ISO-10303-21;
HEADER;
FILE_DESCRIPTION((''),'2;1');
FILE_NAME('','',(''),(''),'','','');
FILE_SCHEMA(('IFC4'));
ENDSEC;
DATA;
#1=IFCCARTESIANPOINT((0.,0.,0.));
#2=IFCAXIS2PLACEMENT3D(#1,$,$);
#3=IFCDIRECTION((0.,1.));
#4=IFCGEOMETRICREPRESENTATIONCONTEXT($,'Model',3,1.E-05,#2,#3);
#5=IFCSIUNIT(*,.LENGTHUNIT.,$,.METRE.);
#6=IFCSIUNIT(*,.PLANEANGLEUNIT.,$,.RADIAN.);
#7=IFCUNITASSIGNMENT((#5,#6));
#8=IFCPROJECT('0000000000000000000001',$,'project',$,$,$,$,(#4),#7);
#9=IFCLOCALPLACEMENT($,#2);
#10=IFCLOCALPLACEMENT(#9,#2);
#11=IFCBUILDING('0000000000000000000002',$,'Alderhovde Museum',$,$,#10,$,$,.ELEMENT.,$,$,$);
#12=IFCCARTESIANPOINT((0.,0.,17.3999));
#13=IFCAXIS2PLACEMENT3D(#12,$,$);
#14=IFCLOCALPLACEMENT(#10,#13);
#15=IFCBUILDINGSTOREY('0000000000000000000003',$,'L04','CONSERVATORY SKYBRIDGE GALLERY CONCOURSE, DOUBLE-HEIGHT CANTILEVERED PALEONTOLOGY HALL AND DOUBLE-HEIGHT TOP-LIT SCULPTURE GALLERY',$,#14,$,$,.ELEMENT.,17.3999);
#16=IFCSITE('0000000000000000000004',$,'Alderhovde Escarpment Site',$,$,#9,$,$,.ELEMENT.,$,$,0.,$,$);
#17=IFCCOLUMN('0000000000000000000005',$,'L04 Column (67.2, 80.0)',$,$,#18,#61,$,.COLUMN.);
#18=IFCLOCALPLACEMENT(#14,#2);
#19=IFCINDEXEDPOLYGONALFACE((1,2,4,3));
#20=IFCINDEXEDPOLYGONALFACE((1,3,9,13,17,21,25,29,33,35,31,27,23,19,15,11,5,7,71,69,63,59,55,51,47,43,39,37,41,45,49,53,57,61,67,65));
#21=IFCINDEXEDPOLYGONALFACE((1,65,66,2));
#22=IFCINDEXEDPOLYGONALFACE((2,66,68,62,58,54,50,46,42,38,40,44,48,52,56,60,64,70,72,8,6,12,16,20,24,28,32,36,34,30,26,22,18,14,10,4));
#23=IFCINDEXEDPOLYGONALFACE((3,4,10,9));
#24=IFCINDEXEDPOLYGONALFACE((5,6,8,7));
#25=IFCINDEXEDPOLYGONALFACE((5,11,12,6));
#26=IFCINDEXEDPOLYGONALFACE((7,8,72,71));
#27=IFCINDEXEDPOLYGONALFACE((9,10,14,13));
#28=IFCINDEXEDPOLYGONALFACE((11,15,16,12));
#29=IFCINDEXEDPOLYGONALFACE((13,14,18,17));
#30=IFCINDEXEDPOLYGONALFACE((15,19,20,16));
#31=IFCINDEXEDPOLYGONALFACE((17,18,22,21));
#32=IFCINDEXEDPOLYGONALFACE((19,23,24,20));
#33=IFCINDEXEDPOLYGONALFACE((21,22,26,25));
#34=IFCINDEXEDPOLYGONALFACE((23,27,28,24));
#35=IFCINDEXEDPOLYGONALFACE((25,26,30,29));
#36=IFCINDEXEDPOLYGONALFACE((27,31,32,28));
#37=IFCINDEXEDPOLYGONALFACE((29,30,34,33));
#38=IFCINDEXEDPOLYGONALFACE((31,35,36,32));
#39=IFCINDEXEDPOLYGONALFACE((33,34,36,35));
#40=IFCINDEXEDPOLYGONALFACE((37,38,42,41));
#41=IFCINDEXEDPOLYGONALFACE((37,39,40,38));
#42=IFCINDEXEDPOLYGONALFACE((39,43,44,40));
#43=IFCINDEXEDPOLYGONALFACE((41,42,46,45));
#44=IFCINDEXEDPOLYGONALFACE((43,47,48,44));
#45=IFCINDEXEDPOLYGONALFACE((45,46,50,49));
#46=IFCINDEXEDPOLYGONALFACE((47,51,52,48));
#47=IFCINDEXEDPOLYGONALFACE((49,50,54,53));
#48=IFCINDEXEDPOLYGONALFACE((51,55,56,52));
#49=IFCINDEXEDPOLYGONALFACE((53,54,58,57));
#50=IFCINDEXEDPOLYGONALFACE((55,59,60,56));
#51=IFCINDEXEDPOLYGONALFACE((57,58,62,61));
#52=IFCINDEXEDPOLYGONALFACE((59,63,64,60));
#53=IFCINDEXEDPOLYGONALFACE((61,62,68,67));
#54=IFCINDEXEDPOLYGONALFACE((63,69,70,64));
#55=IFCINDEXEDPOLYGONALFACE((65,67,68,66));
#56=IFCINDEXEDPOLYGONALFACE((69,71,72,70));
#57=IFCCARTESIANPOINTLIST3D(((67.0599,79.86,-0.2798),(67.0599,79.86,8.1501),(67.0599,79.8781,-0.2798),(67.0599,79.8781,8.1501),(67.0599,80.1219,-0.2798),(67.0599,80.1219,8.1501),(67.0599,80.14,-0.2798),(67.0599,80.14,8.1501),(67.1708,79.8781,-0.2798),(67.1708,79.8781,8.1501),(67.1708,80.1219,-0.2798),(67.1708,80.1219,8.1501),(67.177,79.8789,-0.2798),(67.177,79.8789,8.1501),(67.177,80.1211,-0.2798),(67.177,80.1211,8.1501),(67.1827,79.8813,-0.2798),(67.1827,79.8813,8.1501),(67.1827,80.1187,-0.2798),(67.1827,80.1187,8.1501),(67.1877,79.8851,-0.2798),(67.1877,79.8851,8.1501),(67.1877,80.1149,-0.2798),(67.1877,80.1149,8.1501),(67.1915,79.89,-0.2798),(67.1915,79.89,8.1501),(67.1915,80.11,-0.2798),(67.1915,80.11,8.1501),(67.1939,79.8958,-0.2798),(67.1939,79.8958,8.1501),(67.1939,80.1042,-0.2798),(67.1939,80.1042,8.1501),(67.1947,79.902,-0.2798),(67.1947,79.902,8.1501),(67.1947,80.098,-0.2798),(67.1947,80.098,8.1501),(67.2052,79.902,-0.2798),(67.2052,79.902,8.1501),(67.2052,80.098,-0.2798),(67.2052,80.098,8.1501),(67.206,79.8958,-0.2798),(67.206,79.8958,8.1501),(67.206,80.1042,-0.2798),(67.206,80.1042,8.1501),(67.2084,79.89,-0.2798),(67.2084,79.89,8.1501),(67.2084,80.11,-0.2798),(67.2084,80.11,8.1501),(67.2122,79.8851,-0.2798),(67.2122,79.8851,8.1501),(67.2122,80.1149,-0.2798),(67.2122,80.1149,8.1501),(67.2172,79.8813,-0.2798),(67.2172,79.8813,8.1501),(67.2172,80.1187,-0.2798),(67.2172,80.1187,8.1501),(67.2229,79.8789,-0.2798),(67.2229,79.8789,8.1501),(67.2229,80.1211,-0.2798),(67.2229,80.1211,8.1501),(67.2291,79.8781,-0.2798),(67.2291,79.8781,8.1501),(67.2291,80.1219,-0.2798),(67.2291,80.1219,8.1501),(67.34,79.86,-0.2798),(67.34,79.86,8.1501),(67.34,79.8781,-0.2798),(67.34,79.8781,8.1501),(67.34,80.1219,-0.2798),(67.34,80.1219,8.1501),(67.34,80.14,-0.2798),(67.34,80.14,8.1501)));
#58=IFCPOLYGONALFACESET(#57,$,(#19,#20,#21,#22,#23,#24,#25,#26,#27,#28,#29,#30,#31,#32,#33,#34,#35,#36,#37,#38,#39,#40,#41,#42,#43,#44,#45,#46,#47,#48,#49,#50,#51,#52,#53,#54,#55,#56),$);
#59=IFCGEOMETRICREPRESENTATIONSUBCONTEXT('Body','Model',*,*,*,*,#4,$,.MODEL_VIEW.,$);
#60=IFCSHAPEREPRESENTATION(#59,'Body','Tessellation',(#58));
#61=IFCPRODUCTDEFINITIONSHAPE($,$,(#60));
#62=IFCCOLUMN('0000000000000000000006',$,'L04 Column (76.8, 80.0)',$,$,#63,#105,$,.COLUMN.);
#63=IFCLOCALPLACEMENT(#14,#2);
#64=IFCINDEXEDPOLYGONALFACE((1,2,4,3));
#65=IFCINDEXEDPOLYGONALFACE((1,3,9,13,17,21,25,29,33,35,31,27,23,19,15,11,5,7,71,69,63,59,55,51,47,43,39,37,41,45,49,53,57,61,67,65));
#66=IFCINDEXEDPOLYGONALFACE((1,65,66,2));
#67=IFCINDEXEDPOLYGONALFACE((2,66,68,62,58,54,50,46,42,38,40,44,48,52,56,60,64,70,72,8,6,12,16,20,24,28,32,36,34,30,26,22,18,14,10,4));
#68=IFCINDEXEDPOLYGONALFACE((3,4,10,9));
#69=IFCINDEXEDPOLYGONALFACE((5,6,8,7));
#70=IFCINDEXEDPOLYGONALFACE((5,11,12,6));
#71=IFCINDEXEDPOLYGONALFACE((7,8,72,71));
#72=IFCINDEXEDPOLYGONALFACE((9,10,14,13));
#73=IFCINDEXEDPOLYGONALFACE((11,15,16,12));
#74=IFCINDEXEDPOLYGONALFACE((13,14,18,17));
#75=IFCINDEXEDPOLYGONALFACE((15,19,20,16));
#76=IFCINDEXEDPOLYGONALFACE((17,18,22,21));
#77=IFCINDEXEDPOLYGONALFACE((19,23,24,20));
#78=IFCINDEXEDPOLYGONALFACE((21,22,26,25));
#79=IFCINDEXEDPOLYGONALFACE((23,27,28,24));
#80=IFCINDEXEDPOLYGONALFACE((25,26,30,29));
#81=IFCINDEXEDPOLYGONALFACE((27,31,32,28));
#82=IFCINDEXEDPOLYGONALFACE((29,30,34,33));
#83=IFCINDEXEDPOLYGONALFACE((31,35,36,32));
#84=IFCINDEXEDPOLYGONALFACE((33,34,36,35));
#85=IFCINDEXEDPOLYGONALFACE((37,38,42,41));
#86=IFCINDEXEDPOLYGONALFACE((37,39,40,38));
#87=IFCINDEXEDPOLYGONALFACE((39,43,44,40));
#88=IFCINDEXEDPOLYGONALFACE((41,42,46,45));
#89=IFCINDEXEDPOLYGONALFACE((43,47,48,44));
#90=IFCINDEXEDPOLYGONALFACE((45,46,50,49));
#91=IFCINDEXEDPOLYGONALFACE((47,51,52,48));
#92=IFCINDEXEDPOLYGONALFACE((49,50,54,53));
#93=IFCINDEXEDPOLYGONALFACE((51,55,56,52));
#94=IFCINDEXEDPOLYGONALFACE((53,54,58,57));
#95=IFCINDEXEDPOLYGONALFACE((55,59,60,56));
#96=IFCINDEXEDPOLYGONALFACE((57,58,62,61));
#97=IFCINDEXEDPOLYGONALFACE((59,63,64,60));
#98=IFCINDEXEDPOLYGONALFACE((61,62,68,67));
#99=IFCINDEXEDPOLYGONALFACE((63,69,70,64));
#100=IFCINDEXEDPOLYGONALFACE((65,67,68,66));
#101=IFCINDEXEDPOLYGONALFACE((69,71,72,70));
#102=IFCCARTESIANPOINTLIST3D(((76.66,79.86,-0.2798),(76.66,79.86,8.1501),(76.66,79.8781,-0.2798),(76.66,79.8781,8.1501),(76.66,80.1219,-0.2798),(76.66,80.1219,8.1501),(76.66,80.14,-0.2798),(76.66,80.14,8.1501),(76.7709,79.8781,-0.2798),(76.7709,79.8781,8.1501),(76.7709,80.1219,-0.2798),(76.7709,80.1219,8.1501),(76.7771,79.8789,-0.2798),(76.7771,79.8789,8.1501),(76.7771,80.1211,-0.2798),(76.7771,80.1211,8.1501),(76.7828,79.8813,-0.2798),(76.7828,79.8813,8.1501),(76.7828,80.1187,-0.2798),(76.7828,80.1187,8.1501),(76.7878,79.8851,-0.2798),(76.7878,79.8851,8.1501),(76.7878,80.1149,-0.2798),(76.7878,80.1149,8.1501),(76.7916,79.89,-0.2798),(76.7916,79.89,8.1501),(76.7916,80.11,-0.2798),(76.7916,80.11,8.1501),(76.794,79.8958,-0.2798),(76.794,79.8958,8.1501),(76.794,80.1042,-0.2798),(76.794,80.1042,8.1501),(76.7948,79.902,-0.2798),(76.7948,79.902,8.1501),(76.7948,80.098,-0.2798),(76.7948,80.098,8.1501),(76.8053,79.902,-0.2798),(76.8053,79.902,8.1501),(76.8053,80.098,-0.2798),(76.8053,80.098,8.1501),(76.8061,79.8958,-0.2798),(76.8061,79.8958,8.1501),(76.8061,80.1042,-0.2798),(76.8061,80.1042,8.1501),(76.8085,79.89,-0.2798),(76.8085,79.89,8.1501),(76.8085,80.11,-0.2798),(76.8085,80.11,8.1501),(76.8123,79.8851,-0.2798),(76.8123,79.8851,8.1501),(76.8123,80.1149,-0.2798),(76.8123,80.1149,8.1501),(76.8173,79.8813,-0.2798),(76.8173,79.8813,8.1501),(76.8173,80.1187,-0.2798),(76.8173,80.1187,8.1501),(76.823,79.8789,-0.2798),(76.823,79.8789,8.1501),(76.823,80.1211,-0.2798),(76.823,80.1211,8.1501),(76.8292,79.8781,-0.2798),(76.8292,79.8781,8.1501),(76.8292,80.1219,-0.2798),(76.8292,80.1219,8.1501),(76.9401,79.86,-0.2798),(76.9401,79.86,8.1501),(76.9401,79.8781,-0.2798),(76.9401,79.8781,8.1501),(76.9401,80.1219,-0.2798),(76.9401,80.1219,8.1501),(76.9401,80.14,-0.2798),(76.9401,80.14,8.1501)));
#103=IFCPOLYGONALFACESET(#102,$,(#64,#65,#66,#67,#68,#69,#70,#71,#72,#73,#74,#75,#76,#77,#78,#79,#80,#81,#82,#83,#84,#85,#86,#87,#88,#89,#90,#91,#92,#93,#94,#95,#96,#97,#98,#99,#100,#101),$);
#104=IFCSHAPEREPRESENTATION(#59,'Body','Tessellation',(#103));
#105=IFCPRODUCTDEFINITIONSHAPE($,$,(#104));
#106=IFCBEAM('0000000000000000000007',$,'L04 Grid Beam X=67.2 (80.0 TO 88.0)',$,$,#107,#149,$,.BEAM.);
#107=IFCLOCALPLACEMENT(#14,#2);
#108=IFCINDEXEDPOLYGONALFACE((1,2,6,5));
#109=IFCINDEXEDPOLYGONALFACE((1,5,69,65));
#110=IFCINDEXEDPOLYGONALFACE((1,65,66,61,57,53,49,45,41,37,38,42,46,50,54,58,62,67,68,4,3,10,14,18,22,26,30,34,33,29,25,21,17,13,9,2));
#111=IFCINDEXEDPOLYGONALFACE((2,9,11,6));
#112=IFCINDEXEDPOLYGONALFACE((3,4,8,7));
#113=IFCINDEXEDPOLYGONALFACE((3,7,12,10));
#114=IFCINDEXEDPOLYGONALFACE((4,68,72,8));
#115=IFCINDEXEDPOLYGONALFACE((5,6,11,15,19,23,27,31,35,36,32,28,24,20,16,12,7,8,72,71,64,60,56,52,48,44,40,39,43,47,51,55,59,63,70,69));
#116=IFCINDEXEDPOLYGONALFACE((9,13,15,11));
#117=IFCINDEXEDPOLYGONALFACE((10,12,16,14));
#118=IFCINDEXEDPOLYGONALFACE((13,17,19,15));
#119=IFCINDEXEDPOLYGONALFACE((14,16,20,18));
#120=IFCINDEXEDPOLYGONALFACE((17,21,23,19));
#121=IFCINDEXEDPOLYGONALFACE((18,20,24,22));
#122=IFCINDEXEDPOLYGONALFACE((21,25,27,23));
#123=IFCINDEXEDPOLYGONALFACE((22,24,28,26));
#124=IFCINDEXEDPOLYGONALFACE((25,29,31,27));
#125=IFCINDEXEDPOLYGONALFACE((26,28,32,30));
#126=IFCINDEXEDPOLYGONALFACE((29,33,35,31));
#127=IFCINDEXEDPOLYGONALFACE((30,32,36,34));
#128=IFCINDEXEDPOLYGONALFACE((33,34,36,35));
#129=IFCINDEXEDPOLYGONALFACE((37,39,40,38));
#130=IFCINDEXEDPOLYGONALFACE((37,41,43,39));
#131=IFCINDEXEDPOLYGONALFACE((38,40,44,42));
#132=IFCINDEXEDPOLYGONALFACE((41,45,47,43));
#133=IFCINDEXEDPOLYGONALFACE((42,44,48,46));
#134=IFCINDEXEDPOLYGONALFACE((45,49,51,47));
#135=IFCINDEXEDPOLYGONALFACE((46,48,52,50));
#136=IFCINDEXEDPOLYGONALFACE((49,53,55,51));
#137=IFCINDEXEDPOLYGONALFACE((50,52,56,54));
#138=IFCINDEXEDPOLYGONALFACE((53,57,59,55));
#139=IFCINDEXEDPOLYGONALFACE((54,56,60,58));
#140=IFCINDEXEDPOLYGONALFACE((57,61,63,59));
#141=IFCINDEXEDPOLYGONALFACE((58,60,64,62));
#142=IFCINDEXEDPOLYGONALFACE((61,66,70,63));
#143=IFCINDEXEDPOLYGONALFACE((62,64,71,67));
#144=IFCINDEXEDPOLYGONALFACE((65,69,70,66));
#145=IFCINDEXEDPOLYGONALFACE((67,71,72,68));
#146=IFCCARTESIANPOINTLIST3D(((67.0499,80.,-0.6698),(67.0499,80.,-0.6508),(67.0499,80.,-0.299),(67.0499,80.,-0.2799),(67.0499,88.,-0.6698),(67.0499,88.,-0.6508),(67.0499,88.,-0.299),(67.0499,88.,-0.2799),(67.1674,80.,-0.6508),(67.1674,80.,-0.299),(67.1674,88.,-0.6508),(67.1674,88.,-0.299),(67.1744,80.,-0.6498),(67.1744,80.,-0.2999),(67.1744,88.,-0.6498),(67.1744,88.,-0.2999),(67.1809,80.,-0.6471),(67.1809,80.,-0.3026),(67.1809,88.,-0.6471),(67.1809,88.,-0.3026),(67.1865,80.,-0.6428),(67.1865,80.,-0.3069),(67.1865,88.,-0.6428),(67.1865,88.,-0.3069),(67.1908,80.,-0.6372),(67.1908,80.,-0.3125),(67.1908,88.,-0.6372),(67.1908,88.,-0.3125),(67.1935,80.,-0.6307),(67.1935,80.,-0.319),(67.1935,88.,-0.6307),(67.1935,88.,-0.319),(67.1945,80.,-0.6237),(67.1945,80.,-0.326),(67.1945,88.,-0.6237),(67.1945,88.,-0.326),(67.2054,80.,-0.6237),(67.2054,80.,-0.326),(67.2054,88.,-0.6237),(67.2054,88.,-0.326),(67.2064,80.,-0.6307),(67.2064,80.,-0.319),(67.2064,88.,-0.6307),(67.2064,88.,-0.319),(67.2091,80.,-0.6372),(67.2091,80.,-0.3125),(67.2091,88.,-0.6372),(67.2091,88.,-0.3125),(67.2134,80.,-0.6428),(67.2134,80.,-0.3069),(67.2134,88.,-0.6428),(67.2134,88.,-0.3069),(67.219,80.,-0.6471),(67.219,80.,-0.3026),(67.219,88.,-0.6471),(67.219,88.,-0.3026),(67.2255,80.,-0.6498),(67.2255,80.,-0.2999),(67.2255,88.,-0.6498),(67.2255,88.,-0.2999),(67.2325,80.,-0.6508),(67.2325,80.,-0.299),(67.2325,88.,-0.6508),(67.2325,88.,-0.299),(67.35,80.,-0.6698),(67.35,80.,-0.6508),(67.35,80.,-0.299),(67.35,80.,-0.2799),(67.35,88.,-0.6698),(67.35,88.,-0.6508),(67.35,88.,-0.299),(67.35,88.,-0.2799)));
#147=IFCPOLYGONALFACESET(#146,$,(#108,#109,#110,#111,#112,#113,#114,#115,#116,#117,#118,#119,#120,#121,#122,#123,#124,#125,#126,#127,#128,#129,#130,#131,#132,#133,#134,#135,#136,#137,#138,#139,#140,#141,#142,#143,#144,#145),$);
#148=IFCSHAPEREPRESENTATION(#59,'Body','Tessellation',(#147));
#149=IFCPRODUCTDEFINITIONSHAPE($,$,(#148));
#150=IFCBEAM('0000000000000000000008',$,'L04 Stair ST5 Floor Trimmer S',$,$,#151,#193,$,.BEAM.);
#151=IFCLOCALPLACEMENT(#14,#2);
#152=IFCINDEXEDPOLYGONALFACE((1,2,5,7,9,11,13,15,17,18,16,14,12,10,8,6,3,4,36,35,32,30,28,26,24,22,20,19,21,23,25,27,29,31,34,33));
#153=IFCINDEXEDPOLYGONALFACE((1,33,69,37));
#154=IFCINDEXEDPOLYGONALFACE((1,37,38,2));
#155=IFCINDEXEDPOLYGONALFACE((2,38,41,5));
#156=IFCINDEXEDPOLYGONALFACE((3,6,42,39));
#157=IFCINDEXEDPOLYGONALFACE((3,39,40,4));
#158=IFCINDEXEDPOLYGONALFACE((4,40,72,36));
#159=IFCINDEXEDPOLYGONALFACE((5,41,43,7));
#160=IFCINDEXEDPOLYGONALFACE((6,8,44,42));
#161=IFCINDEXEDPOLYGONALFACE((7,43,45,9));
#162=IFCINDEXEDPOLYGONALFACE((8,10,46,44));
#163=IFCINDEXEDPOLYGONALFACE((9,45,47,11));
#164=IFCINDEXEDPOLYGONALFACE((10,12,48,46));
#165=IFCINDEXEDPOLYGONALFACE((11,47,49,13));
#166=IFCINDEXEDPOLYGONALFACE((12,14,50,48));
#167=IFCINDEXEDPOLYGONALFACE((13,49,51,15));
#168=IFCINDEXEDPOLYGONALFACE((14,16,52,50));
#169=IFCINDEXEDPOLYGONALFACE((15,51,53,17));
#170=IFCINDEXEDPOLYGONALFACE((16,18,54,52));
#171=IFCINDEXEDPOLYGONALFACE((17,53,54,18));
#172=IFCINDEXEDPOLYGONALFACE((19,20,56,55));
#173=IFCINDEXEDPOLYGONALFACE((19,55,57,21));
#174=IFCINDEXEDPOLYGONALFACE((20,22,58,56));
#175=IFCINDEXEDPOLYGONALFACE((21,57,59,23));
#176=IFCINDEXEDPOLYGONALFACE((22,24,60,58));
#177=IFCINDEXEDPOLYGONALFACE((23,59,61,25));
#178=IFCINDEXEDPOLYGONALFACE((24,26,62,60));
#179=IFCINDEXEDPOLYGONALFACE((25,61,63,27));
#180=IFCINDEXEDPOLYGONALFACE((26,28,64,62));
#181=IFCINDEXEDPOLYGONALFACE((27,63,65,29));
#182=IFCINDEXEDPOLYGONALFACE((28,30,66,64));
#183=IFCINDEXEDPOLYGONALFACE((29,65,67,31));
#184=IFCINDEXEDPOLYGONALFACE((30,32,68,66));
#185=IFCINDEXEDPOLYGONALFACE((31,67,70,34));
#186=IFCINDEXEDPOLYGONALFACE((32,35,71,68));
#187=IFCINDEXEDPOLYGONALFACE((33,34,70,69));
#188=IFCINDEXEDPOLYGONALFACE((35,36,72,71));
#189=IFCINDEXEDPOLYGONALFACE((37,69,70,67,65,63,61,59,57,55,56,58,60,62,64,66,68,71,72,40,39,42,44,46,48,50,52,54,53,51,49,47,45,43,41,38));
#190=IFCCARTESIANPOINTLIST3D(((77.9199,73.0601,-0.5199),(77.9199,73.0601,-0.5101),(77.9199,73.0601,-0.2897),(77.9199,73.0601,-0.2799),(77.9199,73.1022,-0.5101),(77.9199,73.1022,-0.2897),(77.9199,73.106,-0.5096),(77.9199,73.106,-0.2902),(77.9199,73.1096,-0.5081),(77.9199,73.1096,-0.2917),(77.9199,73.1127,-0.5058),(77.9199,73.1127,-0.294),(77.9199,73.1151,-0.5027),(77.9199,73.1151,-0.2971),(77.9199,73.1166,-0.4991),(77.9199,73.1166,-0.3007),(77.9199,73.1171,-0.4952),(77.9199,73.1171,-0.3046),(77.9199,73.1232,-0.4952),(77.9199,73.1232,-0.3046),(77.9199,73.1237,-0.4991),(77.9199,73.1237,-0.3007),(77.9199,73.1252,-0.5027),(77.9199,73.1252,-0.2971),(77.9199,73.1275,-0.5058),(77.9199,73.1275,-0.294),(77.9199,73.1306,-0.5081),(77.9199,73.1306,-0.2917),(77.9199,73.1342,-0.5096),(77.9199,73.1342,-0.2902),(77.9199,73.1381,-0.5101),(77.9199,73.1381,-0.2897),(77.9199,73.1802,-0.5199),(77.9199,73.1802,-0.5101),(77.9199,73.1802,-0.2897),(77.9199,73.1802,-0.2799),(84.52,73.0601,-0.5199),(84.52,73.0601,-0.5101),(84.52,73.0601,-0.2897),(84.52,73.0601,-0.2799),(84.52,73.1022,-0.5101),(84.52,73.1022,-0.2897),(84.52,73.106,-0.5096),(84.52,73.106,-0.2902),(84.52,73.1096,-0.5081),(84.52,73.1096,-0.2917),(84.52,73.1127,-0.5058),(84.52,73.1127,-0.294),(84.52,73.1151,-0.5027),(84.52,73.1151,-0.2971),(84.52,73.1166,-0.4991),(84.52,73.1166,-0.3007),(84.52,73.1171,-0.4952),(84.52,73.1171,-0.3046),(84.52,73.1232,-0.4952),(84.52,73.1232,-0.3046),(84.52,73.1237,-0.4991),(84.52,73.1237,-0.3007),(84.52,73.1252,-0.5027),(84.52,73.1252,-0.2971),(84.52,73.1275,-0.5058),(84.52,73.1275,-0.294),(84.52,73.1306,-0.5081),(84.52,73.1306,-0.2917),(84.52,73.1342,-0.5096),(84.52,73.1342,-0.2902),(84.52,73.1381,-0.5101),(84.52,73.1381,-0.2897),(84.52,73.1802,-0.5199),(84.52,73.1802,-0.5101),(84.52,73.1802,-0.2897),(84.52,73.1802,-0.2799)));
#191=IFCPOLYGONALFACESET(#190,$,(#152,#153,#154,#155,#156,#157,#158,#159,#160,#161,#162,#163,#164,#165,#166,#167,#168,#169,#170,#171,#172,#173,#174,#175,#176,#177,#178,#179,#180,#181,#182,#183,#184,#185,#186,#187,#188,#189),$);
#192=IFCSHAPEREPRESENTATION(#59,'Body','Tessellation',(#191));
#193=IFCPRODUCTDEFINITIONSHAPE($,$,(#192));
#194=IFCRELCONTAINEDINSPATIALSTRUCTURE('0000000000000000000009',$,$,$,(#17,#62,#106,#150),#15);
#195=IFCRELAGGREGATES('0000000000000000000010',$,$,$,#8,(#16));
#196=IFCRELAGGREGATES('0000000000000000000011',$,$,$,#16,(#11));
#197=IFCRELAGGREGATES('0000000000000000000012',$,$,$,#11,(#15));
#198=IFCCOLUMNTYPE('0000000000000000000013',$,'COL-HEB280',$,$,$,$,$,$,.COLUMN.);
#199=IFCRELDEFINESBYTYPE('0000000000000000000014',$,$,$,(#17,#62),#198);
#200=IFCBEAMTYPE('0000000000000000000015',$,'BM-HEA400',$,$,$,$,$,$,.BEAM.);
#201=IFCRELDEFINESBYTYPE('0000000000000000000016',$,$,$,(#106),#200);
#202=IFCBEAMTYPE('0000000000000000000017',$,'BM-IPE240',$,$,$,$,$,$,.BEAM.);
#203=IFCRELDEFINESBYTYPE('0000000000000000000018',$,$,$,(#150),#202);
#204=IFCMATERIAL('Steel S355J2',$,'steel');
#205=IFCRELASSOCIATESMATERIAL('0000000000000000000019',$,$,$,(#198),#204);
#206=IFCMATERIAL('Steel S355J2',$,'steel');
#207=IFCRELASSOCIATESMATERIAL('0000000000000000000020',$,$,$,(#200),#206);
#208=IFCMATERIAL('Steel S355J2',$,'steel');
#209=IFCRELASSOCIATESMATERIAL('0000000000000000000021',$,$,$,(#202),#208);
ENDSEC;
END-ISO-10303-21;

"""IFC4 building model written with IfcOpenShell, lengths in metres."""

from ifc_helpers import new_model, si_unit, direction, frame, origin, origin_2d, place, context, subcontext, project, spatial, i_section, extrude, material, material_profile, profile_set, type_object, element, save


model = new_model("IFC4")

# Units and contexts
model_context = context("Model", 3, precision=1e-05, world=origin(), true_north=direction((0.0, 1.0)))
body_context = subcontext(model_context, "Body", "Model", "MODEL_VIEW")
ifc_project = project(units=[si_unit("LENGTHUNIT", "METRE"), si_unit("PLANEANGLEUNIT", "RADIAN")], contexts=[model_context])

# Site, building, storey
site_placement = place(None, origin())
site = spatial("IfcSite", under=ifc_project, at=site_placement, Name="Alderhovde Escarpment Site", CompositionType="ELEMENT", RefElevation=0.0)
building_placement = place(site_placement, origin())
building = spatial("IfcBuilding", under=site, at=building_placement, Name="Alderhovde Museum", CompositionType="ELEMENT")
storey_placement = place(building_placement, frame((0.0, 0.0, 17.3999)))
storey = spatial("IfcBuildingStorey", under=building, at=storey_placement, Name="L04", Description="CONSERVATORY SKYBRIDGE GALLERY CONCOURSE, DOUBLE-HEIGHT CANTILEVERED PALEONTOLOGY HALL AND DOUBLE-HEIGHT TOP-LIT SCULPTURE GALLERY", CompositionType="ELEMENT", Elevation=17.3999)

# Columns
ifc_material_1 = material(Name="Steel S355J2", Category="steel")
ifc_material_profile_1 = material_profile(ifc_material_1, i_section(OverallWidth=0.28, OverallDepth=0.28, WebThickness=0.0105, FlangeThickness=0.0181, FilletRadius=0.0239, at=origin_2d()), Name="HEB 280")
ifc_profile_set_1 = profile_set([ifc_material_profile_1], Name="Steel S355J2")
column_type = type_object("IfcColumnType", Name="COL-HEB280", PredefinedType="COLUMN", material=ifc_profile_set_1)
for number, where, z_axis, x_axis, name in (
    (1, (67.2, 80.0, -0.2798), (0.0, 0.0, 1.0), (1.0, 0.0, 0.0), "L04 Column (67.2, 80.0)"),
    (2, (76.8, 80.0, -0.2798), (0.0, 0.0, 1.0), (1.0, 0.0, 0.0), "L04 Column (76.8, 80.0)"),
):
    element("IfcColumn", number, at=place(storey_placement, frame(where, z_axis=z_axis, x_axis=x_axis)), inside=storey, type_object=column_type, Name=name, PredefinedType="COLUMN", context=body_context, shape_type="SweptSolid", body=[
        extrude(i_section(OverallWidth=0.28, OverallDepth=0.28, WebThickness=0.0105, FlangeThickness=0.0181, FilletRadius=0.0239, at=origin_2d()), origin(), (0.0, 0.0, 1.0), 8.4299),
    ])

# Beams
ifc_material_2 = material(Name="Steel S355J2", Category="steel")
ifc_material_profile_2 = material_profile(ifc_material_2, i_section(OverallWidth=0.3, OverallDepth=0.3899, WebThickness=0.011, FlangeThickness=0.019, FilletRadius=0.0271, at=origin_2d()), Name="HEA 400")
ifc_profile_set_2 = profile_set([ifc_material_profile_2], Name="Steel S355J2")
beam_type_1 = type_object("IfcBeamType", Name="BM-HEA400", PredefinedType="BEAM", material=ifc_profile_set_2)
beam_1_placement = place(storey_placement, frame((67.2, 80.0, -0.4749), z_axis=(0.0, 1.0, 0.0), x_axis=(-1.0, 0.0, 0.0)))
element("IfcBeam", 3, at=beam_1_placement, inside=storey, type_object=beam_type_1, Name="L04 Grid Beam X=67.2 (80.0 TO 88.0)", PredefinedType="BEAM", context=body_context, shape_type="SweptSolid", body=[
    extrude(i_section(OverallWidth=0.3, OverallDepth=0.3899, WebThickness=0.011, FlangeThickness=0.019, FilletRadius=0.0271, at=origin_2d()), origin(), (0.0, 0.0, 1.0), 8.0),
])
ifc_material_3 = material(Name="Steel S355J2", Category="steel")
ifc_material_profile_3 = material_profile(ifc_material_3, i_section(OverallWidth=0.1201, OverallDepth=0.24, WebThickness=0.0061, FlangeThickness=0.0098, FilletRadius=0.0149, at=origin_2d()), Name="IPE 240")
ifc_profile_set_3 = profile_set([ifc_material_profile_3], Name="Steel S355J2")
beam_type_2 = type_object("IfcBeamType", Name="BM-IPE240", PredefinedType="BEAM", material=ifc_profile_set_3)
for number, where, z_axis, x_axis, name in (
    (4, (77.9199, 73.1201, -0.3999), (1.0, 0.0, 0.0), (0.0, 1.0, 0.0), "L04 Stair ST5 Floor Trimmer S"),
):
    element("IfcBeam", number, at=place(storey_placement, frame(where, z_axis=z_axis, x_axis=x_axis)), inside=storey, type_object=beam_type_2, Name=name, PredefinedType="BEAM", context=body_context, shape_type="SweptSolid", body=[
        extrude(i_section(OverallWidth=0.1201, OverallDepth=0.24, WebThickness=0.0061, FlangeThickness=0.0098, FilletRadius=0.0149, at=origin_2d()), origin(), (0.0, 0.0, 1.0), 6.6001),
    ])

save(model, "model.ifc")
